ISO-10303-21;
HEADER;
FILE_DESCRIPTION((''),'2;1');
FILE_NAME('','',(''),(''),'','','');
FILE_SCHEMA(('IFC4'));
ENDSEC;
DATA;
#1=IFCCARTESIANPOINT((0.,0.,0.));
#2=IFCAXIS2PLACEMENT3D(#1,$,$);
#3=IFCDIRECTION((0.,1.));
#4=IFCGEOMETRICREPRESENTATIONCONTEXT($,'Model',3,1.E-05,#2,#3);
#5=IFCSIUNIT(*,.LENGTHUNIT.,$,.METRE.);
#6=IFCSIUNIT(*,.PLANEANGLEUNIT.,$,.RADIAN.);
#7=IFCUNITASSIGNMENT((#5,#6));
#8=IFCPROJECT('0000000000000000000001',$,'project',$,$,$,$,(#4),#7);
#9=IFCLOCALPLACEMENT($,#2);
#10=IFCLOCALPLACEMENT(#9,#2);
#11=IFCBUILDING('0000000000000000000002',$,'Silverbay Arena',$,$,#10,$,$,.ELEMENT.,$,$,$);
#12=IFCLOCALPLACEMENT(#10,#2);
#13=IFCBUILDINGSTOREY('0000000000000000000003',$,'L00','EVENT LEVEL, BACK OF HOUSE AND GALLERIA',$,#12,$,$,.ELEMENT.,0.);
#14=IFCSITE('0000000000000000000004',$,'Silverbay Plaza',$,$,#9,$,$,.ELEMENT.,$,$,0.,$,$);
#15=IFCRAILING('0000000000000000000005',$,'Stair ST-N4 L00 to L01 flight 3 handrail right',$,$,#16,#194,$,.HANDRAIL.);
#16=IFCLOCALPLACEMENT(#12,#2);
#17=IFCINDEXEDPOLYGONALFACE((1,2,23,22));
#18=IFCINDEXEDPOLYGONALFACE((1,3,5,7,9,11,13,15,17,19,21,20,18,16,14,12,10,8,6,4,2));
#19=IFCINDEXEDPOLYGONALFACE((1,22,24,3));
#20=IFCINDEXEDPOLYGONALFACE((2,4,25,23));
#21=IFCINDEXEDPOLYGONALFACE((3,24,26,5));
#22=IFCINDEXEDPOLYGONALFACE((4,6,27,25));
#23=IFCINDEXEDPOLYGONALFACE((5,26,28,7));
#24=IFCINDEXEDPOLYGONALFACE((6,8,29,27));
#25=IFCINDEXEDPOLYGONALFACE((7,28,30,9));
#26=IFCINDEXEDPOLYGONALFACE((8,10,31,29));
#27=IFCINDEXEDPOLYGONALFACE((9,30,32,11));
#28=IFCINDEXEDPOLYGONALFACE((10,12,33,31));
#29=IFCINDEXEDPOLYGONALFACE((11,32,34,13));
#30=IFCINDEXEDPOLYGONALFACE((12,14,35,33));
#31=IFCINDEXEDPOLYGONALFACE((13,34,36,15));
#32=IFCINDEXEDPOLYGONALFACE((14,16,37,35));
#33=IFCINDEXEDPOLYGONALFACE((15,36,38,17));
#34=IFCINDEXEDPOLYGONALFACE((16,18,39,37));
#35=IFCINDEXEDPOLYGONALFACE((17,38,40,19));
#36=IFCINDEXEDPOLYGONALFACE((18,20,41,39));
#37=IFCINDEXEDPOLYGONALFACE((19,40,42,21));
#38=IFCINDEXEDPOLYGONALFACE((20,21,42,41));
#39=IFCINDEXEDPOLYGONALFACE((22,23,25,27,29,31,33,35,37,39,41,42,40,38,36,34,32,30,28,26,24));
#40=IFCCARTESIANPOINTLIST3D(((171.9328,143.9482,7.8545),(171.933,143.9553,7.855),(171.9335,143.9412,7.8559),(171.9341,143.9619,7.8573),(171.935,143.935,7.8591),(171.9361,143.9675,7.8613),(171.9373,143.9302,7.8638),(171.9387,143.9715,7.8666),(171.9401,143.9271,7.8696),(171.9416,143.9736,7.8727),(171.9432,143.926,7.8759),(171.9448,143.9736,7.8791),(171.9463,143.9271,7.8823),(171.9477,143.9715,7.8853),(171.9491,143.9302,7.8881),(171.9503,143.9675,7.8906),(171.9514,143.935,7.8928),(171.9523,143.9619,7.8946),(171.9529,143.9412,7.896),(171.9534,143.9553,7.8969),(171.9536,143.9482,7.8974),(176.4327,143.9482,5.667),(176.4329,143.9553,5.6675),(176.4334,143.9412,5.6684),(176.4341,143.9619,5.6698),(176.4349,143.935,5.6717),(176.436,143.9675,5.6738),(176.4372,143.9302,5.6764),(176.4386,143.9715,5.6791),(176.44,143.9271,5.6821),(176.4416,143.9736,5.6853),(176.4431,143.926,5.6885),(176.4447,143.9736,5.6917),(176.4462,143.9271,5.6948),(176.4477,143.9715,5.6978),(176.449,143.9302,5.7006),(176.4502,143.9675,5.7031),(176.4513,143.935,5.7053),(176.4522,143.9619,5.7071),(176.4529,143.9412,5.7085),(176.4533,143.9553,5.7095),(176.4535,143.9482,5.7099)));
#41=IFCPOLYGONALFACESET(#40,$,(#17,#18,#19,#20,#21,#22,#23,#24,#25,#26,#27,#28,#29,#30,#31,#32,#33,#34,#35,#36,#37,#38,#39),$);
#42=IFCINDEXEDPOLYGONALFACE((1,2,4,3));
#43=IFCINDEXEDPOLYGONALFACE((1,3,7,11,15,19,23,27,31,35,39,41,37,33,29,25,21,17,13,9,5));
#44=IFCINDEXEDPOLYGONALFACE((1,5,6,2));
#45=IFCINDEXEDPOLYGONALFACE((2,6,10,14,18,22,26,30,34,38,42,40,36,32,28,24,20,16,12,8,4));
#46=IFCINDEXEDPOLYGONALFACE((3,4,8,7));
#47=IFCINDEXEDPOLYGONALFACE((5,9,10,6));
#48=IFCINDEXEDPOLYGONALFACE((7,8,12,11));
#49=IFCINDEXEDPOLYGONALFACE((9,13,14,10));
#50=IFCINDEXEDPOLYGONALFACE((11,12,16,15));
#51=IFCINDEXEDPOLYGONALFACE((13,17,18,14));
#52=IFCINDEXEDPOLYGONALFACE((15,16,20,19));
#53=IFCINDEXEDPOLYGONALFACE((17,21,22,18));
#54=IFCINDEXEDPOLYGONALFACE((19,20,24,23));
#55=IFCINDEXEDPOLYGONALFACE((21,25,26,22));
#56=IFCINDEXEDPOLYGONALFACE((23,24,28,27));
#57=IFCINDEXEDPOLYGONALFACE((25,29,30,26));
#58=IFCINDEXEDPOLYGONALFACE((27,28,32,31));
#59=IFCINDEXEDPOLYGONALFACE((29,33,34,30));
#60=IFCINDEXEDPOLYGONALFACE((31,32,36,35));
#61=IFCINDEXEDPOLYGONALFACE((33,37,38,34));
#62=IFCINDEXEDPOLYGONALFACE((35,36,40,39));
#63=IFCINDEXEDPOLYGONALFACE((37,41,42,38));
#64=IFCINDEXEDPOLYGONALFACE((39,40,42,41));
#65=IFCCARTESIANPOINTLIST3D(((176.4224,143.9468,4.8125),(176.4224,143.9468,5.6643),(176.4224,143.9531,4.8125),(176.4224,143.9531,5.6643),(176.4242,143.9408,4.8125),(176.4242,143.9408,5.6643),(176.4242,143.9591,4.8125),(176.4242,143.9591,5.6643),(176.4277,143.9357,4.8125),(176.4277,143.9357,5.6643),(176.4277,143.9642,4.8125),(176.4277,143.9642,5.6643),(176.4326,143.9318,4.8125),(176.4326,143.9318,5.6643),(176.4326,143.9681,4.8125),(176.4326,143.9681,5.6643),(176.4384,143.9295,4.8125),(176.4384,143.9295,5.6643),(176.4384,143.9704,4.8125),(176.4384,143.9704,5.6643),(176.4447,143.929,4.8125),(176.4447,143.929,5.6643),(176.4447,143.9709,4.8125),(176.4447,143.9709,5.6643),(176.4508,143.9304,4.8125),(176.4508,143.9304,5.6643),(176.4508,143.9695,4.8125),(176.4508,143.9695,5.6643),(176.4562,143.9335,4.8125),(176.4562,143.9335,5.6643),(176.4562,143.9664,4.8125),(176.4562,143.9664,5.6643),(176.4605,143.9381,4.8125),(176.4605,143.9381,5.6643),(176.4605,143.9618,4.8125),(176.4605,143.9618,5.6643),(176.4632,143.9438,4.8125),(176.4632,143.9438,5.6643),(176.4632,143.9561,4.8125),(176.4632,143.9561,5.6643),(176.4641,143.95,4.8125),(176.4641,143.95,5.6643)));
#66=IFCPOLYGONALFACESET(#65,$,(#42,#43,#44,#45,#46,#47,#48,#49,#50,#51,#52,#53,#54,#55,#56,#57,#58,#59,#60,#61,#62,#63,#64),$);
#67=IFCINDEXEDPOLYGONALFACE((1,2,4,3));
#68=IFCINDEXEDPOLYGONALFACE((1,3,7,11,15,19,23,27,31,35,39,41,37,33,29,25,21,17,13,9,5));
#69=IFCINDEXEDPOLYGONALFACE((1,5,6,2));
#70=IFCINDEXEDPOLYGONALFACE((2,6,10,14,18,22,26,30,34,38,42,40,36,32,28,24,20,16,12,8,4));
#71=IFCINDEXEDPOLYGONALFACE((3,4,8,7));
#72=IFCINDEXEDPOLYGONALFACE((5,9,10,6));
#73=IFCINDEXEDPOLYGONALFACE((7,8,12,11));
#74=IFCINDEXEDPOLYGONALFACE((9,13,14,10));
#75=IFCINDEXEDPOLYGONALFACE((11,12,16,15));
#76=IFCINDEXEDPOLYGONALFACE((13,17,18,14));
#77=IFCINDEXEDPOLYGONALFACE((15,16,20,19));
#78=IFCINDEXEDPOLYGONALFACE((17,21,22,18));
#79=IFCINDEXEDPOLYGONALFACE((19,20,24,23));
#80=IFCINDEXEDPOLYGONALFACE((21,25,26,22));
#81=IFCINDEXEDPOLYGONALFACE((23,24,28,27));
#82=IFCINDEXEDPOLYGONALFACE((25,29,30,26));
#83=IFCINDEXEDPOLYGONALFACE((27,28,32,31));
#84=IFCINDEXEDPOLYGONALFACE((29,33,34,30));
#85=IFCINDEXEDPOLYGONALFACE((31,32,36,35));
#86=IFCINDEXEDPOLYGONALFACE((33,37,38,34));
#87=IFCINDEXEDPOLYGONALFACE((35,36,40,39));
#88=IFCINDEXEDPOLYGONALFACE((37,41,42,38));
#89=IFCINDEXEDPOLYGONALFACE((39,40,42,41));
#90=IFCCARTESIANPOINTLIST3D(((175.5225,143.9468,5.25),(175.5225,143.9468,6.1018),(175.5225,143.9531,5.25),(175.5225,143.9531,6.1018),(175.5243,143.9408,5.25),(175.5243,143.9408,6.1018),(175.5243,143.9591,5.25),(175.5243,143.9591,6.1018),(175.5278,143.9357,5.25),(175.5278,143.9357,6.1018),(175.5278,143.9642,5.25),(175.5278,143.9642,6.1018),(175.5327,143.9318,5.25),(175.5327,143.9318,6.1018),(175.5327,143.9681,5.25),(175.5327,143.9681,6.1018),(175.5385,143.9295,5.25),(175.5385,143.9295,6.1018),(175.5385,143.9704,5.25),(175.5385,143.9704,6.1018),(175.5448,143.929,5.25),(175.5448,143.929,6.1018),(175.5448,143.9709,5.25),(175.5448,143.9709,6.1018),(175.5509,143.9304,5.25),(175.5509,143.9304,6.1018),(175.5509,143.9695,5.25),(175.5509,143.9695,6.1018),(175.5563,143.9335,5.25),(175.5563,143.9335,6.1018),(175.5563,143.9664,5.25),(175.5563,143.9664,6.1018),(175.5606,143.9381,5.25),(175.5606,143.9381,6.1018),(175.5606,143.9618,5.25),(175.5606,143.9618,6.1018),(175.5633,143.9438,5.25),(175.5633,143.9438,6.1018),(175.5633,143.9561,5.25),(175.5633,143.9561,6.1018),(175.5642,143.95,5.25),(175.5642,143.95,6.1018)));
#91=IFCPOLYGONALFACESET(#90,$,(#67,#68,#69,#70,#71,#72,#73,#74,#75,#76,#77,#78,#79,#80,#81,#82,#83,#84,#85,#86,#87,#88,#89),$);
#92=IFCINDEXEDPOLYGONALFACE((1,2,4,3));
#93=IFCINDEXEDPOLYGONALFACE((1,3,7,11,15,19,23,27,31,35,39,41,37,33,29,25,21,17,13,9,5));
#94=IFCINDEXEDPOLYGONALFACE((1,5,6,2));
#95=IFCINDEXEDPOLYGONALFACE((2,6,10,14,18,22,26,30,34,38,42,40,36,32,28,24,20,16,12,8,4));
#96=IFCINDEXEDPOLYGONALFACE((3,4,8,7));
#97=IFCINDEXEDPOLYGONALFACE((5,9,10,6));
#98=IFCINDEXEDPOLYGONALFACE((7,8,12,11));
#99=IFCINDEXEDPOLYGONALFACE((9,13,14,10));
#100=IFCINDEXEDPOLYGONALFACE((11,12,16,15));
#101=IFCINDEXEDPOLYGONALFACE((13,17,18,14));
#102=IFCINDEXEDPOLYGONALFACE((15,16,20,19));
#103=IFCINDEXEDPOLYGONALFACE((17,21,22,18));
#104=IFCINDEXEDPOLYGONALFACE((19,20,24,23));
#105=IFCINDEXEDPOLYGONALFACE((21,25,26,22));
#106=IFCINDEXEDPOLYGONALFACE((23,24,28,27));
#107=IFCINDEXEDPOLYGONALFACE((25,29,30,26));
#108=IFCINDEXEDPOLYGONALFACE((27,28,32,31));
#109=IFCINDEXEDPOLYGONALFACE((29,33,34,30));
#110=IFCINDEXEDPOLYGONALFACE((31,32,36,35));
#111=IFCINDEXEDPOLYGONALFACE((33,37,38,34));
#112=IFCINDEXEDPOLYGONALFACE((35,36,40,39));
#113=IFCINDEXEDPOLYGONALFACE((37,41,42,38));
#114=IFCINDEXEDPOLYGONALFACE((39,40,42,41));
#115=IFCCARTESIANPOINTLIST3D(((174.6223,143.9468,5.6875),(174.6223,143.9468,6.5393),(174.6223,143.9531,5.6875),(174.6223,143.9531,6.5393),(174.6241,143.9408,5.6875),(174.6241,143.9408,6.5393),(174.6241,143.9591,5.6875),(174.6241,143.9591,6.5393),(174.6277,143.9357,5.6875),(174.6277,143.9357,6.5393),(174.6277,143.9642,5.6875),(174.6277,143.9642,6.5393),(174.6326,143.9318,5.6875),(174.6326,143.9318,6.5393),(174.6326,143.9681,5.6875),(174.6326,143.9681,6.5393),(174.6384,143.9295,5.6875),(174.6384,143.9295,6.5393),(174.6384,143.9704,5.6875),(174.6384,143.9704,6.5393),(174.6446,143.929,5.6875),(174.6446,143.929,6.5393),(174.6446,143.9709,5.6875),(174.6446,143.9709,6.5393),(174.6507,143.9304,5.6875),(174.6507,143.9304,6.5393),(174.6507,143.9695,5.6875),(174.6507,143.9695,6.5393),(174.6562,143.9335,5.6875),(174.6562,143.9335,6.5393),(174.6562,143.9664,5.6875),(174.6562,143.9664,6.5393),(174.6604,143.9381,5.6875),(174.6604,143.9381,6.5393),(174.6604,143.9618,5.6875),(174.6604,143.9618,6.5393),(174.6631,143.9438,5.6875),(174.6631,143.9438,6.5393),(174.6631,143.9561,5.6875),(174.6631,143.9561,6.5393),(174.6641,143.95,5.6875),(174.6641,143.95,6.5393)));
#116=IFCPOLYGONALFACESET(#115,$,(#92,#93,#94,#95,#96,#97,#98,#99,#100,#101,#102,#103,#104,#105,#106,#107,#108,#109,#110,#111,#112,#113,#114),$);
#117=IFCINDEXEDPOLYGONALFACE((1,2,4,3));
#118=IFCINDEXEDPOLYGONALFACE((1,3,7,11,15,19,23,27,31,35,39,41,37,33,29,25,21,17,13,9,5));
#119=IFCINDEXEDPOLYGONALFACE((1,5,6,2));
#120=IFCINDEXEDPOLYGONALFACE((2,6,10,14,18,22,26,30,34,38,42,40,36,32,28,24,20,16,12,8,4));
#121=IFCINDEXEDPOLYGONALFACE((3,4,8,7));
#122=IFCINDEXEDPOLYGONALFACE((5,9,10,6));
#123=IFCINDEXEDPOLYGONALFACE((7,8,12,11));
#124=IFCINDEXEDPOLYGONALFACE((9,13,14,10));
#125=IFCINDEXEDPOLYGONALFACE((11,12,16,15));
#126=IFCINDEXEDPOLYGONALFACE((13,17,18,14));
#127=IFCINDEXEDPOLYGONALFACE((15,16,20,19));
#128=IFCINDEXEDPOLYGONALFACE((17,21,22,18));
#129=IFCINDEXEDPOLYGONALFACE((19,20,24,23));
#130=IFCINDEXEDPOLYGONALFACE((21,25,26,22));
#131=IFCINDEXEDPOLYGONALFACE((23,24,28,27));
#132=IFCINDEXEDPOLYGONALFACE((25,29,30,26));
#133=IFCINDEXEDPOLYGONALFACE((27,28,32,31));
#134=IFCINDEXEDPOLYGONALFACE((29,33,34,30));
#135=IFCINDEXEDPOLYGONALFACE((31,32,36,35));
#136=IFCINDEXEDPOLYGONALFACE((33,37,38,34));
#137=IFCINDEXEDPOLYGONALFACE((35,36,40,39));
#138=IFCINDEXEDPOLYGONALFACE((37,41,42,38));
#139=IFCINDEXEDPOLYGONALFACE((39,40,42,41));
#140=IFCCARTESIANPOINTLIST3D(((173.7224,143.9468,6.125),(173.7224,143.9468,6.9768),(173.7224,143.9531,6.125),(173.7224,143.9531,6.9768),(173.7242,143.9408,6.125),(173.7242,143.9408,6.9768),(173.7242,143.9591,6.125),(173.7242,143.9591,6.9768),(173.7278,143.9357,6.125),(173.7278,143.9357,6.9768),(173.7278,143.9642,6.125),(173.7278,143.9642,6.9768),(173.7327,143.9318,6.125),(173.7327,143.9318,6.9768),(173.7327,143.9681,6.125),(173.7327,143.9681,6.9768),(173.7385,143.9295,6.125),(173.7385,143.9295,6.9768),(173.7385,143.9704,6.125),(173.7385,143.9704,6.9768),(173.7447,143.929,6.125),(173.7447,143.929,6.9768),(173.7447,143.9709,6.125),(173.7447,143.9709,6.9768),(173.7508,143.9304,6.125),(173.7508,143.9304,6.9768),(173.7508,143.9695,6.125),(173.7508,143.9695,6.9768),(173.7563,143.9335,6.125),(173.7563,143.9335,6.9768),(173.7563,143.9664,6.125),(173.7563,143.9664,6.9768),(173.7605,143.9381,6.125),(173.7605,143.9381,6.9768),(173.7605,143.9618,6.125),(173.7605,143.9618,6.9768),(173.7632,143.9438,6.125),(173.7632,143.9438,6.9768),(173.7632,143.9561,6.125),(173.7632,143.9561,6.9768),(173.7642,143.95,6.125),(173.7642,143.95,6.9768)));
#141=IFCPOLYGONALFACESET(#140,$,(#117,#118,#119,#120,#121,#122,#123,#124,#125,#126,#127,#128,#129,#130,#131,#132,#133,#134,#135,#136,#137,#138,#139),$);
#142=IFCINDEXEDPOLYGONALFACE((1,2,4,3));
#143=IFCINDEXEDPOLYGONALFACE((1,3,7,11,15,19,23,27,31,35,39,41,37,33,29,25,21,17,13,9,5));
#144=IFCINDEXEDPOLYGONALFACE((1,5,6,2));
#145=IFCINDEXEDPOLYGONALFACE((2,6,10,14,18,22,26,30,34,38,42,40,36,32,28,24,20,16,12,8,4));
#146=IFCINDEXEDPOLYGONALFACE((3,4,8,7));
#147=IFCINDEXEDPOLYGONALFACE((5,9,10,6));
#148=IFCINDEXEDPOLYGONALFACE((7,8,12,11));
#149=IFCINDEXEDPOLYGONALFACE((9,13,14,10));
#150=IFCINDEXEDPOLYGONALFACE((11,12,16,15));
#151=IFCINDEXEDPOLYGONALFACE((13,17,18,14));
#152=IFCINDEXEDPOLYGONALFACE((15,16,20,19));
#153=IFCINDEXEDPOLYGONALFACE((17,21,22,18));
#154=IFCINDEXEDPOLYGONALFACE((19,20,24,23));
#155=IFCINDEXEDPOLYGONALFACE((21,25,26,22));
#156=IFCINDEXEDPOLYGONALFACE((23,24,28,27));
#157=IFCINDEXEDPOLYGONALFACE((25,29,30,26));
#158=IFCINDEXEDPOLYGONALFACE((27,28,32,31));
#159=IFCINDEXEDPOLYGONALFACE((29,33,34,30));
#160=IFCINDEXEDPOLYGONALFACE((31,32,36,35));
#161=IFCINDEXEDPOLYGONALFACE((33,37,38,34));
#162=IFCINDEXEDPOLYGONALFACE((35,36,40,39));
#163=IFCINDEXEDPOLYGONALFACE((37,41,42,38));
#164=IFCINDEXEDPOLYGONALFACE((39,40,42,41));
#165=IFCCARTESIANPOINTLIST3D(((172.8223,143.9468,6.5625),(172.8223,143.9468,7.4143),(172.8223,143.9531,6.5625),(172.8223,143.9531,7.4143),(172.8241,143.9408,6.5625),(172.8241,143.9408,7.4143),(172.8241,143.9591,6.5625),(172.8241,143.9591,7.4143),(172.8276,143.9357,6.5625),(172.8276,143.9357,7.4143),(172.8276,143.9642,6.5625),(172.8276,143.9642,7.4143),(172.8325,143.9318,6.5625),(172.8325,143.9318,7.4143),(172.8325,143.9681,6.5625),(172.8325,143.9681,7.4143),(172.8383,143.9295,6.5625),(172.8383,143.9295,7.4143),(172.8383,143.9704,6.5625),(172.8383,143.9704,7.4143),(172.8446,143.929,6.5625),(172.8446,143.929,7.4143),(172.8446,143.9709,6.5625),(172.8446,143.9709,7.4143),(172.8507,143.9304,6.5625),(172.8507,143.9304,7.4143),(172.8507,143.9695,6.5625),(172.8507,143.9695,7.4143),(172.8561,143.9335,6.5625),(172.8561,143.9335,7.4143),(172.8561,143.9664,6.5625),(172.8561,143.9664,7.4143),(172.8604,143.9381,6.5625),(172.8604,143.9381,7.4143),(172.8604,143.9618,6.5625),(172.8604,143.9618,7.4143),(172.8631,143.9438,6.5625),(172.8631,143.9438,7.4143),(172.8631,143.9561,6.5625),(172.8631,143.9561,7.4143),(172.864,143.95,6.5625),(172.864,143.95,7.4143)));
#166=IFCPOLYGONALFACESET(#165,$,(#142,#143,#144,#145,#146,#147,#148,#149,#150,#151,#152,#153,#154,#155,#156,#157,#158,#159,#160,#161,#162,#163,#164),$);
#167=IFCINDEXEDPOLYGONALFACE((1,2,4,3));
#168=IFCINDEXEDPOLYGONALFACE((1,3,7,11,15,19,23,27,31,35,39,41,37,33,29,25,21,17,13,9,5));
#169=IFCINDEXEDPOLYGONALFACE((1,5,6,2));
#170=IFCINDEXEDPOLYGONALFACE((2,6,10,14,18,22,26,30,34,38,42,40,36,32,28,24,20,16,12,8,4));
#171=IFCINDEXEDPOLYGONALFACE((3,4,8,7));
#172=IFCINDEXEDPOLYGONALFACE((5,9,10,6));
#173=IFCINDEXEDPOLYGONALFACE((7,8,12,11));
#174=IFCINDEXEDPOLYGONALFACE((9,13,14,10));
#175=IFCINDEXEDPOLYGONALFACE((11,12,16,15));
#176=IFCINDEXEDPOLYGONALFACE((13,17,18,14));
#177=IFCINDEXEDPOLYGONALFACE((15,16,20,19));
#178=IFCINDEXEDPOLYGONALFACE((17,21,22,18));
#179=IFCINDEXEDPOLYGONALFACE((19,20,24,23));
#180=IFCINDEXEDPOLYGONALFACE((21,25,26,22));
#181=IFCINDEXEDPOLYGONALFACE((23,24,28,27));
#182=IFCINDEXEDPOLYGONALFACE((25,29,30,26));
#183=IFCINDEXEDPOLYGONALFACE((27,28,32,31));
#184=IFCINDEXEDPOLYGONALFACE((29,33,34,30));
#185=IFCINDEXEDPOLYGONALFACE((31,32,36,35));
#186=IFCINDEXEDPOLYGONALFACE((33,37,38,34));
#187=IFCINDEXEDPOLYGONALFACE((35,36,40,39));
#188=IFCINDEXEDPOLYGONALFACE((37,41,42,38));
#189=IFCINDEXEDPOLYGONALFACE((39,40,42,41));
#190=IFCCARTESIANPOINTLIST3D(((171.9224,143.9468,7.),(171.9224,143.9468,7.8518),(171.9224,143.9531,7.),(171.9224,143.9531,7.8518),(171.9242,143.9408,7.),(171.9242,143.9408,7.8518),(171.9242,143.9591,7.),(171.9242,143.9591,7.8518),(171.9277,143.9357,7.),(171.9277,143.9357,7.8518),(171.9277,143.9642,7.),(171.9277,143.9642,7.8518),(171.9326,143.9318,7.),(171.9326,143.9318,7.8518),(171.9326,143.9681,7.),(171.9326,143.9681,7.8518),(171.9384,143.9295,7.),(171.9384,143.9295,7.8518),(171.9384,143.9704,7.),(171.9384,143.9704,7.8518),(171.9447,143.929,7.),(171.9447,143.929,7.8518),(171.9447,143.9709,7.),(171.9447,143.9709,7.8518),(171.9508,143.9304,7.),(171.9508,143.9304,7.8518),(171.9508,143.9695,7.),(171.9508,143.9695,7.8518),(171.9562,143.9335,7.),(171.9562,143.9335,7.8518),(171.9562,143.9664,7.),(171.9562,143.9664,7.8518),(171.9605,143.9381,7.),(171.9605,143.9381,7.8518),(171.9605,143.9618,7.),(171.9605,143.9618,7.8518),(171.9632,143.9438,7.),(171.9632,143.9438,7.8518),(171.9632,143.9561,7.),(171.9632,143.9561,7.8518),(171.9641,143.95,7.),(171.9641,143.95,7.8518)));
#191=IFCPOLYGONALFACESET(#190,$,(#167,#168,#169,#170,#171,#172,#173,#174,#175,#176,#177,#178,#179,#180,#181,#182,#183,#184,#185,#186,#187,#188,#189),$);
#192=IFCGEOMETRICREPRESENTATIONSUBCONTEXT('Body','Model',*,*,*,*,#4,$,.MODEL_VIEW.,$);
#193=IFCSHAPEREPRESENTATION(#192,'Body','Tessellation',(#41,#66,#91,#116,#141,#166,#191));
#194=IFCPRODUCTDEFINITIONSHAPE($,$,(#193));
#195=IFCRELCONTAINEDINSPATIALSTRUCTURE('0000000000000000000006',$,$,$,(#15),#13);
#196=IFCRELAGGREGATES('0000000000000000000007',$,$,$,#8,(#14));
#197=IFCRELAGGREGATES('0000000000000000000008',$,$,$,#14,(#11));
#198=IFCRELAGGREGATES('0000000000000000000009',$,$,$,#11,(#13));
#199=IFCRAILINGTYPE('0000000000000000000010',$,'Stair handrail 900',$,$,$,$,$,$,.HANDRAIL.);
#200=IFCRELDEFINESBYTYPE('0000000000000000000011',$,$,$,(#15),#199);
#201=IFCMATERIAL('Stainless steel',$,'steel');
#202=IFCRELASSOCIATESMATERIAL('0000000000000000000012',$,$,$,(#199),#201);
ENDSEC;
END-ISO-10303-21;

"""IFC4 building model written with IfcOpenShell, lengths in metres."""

from ifc_helpers import new_model, si_unit, direction, frame, origin, origin_2d, place, context, subcontext, project, spatial, circle, extrude, material, type_object, element, save


model = new_model("IFC4")

# Units and contexts
model_context = context("Model", 3, precision=1e-05, world=origin(), true_north=direction((0.0, 1.0)))
body_context = subcontext(model_context, "Body", "Model", "MODEL_VIEW")
ifc_project = project(units=[si_unit("LENGTHUNIT", "METRE"), si_unit("PLANEANGLEUNIT", "RADIAN")], contexts=[model_context])

# Site, building, storey
site_placement = place(None, origin())
site = spatial("IfcSite", under=ifc_project, at=site_placement, Name="Silverbay Plaza", CompositionType="ELEMENT", RefElevation=0.0)
building_placement = place(site_placement, origin())
building = spatial("IfcBuilding", under=site, at=building_placement, Name="Silverbay Arena", CompositionType="ELEMENT")
storey_placement = place(building_placement, origin())
storey = spatial("IfcBuildingStorey", under=building, at=storey_placement, Name="L00", Description="EVENT LEVEL, BACK OF HOUSE AND GALLERIA", CompositionType="ELEMENT", Elevation=0.0)

# Railing
ifc_material_1 = material(Name="Stainless steel", Category="steel")
railing_type_1 = type_object("IfcRailingType", Name="Stair handrail 900", PredefinedType="HANDRAIL", material=ifc_material_1)
for number, where, name in (
    (1, (176.4431, 143.95, 4.8125), "Stair ST-N4 L00 to L01 flight 3 handrail right"),
):
    element("IfcRailing", number, at=place(storey_placement, frame(where)), inside=storey, type_object=railing_type_1, Name=name, PredefinedType="HANDRAIL", context=body_context, shape_type="SweptSolid", body=[
        extrude(circle(Radius=0.0239, at=origin_2d()), frame((0.0, 0.0, 0.876), z_axis=(-0.899368, 0.0, 0.437193), x_axis=(0.0, -1.0, 0.0)), (0.0, 0.0, 1.0), 5.0034),
        extrude(circle(Radius=0.021, at=origin_2d()), origin(), (0.0, 0.0, 1.0), 0.8518),
        extrude(circle(Radius=0.021, at=origin_2d()), frame((-0.8999, 0.0, 0.4375)), (0.0, 0.0, 1.0), 0.8518),
        extrude(circle(Radius=0.021, at=origin_2d()), frame((-1.8, 0.0, 0.875)), (0.0, 0.0, 1.0), 0.8518),
        extrude(circle(Radius=0.021, at=origin_2d()), frame((-2.7, 0.0, 1.3125)), (0.0, 0.0, 1.0), 0.8518),
        extrude(circle(Radius=0.021, at=origin_2d()), frame((-3.6001, 0.0, 1.75)), (0.0, 0.0, 1.0), 0.8518),
        extrude(circle(Radius=0.021, at=origin_2d()), frame((-4.5, 0.0, 2.1875)), (0.0, 0.0, 1.0), 0.8518),
    ])

save(model, "model.ifc")
